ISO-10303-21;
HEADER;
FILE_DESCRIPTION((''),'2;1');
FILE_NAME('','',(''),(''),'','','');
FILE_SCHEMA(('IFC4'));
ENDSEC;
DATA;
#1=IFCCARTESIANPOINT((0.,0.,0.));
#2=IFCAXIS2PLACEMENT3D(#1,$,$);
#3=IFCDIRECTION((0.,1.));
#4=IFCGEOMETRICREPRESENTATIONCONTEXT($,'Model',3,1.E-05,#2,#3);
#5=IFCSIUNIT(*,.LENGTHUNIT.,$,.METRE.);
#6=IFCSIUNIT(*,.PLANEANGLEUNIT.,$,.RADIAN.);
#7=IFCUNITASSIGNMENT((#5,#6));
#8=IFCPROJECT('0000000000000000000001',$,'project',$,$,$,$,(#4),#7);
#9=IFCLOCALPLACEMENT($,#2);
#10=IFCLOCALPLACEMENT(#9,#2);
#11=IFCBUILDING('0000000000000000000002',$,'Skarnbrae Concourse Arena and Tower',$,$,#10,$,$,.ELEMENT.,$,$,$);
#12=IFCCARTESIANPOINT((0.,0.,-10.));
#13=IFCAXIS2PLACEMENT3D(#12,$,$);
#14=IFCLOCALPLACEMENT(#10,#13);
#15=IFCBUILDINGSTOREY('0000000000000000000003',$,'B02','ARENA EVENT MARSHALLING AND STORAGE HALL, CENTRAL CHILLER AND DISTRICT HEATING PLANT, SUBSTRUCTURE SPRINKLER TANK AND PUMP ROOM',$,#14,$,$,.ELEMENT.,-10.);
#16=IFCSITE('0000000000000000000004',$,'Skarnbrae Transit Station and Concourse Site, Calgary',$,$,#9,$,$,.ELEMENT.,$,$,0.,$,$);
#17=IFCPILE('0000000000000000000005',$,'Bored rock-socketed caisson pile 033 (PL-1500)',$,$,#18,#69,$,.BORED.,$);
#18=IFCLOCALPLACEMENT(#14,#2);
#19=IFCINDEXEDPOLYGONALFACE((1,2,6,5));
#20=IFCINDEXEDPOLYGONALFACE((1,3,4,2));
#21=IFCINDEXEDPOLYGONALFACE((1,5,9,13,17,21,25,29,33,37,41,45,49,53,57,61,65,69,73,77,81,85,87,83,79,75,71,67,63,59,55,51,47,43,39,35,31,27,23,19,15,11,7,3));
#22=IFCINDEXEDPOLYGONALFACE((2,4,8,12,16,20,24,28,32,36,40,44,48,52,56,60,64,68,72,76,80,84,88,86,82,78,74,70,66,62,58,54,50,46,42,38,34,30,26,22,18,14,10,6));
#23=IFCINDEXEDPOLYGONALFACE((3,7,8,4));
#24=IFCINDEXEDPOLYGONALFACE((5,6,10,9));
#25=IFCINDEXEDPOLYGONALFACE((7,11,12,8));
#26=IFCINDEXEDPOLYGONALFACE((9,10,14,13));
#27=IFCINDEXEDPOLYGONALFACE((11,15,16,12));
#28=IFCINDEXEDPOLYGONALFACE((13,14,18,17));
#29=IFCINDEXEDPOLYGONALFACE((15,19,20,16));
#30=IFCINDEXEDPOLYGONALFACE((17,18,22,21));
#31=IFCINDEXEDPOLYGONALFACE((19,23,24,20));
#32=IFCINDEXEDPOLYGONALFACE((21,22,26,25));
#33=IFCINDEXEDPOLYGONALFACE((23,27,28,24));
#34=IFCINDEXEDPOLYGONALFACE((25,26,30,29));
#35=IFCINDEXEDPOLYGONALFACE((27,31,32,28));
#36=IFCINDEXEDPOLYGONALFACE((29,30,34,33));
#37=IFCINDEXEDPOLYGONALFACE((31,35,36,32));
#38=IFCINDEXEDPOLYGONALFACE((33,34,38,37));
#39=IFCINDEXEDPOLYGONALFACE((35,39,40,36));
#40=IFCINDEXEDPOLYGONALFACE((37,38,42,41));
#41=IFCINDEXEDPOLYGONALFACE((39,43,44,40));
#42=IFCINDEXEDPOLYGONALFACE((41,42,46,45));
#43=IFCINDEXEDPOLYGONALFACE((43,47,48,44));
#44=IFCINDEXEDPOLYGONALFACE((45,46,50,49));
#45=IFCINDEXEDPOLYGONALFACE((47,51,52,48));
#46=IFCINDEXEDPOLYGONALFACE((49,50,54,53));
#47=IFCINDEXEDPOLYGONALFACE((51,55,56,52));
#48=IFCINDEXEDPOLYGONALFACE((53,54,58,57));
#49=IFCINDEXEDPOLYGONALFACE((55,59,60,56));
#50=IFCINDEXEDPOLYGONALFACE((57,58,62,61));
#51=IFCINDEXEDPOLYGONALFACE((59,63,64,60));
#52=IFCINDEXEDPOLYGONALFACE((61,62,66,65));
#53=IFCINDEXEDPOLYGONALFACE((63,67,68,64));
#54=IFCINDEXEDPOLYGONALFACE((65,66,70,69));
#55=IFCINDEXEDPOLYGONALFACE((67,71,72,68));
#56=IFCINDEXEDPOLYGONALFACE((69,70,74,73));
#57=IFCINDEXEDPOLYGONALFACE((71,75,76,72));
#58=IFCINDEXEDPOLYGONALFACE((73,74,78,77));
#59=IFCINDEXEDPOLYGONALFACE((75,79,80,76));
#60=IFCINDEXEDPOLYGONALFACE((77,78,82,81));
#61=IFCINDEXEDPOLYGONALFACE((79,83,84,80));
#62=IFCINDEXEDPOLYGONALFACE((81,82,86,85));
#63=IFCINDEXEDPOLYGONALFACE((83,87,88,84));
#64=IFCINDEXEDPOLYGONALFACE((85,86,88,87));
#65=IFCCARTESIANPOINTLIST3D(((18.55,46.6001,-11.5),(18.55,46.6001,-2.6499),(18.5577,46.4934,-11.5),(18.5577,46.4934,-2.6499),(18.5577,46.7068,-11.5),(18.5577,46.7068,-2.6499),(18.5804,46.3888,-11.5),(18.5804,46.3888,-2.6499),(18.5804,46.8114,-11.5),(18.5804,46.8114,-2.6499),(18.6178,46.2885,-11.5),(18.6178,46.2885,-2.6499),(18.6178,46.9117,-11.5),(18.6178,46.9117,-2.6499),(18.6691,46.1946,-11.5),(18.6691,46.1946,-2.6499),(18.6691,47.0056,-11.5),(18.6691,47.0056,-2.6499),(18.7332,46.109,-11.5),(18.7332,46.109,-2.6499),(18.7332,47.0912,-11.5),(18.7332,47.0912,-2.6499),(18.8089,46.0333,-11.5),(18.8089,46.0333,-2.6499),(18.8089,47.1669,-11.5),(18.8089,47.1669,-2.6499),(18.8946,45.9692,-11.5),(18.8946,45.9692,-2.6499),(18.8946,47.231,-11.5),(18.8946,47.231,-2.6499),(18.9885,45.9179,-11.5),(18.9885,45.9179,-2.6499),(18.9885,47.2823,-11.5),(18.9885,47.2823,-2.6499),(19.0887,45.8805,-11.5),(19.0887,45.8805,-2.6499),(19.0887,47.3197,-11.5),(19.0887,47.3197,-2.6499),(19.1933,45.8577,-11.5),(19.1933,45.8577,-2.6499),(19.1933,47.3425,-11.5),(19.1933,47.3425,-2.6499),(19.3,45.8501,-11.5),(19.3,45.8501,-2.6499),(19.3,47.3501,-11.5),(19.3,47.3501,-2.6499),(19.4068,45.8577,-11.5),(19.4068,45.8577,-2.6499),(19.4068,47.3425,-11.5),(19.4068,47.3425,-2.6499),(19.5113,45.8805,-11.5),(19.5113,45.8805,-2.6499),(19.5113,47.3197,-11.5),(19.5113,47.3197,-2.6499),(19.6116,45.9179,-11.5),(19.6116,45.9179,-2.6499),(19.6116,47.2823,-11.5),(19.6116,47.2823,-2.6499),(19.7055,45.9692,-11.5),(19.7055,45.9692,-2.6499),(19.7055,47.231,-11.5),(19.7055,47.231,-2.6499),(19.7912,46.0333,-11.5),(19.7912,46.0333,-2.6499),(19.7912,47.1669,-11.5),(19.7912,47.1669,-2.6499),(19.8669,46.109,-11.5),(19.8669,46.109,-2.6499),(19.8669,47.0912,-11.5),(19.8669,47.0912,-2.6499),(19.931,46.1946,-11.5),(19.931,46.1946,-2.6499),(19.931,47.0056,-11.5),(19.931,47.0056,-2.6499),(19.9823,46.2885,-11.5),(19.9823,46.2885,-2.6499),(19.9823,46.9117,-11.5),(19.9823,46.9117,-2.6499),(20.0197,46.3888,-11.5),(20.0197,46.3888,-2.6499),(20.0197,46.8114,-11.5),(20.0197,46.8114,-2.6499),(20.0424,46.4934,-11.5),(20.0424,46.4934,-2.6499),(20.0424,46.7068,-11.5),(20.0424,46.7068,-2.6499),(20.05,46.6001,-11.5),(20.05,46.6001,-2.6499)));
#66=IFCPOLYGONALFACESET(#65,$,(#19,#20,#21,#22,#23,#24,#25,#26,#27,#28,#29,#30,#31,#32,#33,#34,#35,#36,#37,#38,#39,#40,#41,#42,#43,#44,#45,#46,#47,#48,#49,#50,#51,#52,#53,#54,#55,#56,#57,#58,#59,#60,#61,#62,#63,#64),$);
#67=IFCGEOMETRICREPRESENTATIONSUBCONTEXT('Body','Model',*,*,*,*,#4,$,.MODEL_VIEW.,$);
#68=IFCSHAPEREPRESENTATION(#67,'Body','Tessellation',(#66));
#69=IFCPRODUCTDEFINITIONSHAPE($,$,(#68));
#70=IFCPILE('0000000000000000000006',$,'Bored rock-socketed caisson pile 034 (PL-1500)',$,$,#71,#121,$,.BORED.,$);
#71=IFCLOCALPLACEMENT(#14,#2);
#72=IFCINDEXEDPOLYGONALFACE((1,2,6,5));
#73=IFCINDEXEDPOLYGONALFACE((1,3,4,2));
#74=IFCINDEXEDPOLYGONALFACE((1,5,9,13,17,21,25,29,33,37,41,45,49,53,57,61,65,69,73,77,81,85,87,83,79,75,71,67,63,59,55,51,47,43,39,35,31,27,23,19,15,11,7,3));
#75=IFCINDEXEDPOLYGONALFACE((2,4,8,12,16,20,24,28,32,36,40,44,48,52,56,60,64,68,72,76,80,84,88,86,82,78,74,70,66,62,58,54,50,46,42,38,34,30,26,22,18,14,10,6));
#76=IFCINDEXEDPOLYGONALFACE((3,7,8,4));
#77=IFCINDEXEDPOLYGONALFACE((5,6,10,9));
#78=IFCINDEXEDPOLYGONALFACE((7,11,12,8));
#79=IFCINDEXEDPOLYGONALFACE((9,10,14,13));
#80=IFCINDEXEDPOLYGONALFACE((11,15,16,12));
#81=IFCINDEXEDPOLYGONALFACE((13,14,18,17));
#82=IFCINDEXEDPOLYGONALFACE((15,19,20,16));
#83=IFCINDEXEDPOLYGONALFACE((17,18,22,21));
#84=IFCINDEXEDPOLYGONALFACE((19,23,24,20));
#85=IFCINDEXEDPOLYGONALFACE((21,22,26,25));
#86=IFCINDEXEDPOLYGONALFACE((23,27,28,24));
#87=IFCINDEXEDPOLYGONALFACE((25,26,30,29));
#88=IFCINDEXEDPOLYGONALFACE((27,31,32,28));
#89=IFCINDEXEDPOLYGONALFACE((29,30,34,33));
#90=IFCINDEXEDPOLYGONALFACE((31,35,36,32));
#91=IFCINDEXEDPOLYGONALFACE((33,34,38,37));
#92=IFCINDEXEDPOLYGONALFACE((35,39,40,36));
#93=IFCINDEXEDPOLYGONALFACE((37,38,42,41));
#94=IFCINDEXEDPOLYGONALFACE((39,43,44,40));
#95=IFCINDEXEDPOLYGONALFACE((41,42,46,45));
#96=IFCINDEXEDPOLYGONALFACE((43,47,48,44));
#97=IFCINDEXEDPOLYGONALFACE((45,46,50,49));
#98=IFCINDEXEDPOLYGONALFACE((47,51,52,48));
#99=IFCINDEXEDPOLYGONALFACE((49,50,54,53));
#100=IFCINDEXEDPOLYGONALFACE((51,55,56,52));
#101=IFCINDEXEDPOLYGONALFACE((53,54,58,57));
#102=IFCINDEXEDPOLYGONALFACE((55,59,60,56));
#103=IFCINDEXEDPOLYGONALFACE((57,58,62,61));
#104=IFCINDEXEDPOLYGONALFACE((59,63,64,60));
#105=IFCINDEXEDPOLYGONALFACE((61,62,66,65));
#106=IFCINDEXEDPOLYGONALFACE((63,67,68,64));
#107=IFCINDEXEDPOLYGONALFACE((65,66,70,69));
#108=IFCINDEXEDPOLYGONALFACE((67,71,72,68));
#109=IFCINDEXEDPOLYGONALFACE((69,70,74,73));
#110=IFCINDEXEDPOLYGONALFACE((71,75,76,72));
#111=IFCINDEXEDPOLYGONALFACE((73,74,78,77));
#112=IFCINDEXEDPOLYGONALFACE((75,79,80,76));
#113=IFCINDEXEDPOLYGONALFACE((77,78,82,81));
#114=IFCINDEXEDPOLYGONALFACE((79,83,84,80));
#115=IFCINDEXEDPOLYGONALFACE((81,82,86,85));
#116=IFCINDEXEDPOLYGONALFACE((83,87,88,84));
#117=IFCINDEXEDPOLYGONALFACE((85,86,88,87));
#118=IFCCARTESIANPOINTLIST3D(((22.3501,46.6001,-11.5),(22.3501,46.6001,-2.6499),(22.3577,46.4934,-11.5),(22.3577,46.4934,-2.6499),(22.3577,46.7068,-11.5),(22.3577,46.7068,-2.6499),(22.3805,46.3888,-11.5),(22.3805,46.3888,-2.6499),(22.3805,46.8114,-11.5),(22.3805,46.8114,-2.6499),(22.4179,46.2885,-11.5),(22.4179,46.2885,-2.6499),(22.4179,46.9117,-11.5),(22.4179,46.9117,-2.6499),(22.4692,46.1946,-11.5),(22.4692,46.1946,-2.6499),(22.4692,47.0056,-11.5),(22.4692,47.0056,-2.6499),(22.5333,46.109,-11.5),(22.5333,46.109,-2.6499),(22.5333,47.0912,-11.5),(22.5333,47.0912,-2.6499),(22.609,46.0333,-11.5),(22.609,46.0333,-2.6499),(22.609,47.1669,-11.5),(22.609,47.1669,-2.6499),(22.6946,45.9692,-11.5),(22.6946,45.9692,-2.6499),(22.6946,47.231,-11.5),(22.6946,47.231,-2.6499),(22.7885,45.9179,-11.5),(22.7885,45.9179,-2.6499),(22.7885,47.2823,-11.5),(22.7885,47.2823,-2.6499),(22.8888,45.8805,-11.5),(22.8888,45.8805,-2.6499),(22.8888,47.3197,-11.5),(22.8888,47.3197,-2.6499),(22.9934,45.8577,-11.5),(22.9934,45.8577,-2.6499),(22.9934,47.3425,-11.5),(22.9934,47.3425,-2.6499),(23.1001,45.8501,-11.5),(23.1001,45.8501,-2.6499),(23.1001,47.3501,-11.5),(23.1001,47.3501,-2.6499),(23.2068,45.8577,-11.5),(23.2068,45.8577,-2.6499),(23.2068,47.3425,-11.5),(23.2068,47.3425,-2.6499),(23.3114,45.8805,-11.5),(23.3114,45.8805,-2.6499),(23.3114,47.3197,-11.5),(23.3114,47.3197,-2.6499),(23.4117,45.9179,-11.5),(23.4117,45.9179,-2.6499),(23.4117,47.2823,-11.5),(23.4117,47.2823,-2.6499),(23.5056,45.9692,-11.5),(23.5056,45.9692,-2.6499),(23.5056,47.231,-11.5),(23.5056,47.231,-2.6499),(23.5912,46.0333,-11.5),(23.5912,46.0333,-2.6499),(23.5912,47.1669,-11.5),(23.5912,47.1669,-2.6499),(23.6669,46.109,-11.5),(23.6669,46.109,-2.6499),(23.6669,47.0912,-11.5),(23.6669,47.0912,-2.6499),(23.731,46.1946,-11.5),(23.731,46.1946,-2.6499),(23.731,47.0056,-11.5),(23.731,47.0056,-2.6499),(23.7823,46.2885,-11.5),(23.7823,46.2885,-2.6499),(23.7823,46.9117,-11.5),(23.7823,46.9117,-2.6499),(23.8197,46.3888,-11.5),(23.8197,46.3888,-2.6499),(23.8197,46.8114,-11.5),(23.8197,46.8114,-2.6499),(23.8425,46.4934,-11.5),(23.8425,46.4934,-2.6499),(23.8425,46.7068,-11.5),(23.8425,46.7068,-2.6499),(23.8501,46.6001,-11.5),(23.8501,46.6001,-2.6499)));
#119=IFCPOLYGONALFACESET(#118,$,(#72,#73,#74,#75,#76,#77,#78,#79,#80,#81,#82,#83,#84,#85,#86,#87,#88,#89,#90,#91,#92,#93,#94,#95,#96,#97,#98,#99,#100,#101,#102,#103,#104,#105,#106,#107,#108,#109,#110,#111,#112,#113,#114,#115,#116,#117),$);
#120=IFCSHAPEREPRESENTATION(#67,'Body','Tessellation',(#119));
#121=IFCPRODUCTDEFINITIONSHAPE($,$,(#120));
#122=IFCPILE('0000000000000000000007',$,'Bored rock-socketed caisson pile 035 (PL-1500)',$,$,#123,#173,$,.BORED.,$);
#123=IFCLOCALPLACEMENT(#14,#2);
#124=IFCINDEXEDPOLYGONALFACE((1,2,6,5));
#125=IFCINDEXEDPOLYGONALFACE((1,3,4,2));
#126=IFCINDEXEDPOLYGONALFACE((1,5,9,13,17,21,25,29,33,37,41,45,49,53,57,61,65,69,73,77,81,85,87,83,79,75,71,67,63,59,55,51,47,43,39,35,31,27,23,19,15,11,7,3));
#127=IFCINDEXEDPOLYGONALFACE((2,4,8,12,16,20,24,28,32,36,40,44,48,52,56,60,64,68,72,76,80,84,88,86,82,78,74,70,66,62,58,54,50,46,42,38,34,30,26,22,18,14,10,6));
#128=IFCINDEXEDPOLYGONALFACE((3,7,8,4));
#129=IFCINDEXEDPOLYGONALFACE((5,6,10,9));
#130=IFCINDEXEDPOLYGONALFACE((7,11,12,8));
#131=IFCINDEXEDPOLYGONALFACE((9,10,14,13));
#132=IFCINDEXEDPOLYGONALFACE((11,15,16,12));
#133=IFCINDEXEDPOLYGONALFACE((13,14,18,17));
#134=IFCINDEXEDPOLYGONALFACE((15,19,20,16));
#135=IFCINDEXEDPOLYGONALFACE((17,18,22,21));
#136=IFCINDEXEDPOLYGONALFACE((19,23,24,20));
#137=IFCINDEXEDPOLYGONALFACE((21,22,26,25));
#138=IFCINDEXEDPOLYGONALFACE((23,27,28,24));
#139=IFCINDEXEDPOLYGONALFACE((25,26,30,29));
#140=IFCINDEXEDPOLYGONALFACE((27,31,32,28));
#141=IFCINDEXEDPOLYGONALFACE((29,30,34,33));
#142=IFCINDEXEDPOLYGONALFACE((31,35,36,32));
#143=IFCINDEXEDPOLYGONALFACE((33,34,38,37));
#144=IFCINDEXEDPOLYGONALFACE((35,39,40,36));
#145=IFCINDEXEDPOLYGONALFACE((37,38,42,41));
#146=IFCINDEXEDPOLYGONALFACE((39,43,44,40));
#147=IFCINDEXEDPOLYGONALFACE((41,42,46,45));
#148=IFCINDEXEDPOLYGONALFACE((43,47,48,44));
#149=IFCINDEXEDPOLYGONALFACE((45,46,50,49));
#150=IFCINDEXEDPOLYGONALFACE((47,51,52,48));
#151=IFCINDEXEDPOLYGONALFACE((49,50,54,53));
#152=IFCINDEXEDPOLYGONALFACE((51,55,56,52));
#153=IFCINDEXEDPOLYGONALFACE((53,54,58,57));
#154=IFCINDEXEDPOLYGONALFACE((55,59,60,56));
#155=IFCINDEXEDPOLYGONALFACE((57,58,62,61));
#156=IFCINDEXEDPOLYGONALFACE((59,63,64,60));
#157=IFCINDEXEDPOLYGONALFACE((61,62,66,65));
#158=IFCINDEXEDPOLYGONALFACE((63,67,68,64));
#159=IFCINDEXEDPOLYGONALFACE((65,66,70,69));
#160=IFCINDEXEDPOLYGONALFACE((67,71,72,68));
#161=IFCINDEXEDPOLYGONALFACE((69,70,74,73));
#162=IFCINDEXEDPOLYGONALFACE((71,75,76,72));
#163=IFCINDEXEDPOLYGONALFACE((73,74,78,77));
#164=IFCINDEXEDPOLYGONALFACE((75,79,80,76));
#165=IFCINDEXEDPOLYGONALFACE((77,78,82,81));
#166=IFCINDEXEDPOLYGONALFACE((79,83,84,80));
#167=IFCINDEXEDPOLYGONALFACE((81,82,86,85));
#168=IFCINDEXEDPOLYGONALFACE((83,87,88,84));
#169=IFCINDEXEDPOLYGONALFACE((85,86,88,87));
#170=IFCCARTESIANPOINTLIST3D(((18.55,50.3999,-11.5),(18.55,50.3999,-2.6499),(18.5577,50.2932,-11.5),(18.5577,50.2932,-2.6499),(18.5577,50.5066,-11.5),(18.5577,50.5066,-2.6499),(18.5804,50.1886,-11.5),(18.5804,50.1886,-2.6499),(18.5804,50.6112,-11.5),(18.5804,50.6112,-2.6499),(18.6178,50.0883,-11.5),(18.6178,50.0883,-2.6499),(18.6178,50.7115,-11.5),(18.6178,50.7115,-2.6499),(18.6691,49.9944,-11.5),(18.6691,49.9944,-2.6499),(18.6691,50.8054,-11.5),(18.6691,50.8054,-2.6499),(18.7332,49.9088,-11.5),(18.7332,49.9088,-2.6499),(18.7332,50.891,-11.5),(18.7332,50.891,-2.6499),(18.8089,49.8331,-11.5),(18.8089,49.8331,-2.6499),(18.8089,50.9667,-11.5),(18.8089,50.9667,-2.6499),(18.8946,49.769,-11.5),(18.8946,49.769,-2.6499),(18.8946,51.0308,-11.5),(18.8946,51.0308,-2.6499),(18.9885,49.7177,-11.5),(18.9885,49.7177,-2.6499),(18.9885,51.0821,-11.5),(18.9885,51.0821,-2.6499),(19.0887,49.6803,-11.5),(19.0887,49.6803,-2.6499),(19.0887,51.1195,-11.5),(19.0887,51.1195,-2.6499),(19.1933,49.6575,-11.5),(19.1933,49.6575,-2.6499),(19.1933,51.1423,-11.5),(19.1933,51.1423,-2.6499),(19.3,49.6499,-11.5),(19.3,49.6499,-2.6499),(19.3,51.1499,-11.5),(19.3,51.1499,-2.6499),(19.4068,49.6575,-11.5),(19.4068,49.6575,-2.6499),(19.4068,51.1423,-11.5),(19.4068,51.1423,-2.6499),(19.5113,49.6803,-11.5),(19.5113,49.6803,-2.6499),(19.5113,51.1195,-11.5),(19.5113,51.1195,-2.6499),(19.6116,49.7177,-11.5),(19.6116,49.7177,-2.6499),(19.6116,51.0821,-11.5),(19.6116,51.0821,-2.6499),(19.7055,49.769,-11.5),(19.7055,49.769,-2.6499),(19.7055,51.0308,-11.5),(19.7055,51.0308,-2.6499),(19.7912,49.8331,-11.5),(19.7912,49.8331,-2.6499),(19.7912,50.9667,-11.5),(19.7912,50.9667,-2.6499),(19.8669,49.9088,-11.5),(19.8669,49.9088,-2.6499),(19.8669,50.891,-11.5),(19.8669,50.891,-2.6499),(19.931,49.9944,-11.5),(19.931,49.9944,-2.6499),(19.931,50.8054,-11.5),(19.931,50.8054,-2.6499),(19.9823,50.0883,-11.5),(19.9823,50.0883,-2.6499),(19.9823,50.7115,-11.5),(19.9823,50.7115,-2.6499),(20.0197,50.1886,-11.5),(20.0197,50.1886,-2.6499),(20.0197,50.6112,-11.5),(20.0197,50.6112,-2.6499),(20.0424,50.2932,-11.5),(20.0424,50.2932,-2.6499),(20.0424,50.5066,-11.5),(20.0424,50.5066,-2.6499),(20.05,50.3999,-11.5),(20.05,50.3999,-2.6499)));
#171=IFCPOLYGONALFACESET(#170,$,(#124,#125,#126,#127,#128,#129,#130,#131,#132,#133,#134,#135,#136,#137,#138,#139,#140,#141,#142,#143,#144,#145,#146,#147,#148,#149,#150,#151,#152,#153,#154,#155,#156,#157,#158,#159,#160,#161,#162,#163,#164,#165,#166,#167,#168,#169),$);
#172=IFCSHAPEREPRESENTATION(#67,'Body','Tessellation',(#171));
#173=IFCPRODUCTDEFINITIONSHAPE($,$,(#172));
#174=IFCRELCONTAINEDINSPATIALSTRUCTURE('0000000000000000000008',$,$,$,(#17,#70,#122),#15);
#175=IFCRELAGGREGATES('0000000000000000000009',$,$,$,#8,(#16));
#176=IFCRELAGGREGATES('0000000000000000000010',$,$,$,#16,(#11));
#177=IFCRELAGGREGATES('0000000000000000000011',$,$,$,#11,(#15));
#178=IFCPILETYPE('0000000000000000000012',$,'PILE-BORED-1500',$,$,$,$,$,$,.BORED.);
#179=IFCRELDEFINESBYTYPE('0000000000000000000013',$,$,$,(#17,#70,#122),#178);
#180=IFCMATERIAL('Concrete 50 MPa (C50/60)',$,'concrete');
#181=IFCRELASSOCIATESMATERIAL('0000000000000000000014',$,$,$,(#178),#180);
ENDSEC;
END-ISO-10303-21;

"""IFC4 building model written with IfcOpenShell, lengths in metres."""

from ifc_helpers import new_model, si_unit, direction, frame, origin, origin_2d, place, context, subcontext, project, spatial, circle, extrude, source, transform, mapped, material, material_profile, profile_set, type_object, element, save


model = new_model("IFC4")

# Units and contexts
model_context = context("Model", 3, precision=1e-05, world=origin(), true_north=direction((0.0, 1.0)))
body_context = subcontext(model_context, "Body", "Model", "MODEL_VIEW")
ifc_project = project(units=[si_unit("LENGTHUNIT", "METRE"), si_unit("PLANEANGLEUNIT", "RADIAN")], contexts=[model_context])

# Site, building, storey
site_placement = place(None, origin())
site = spatial("IfcSite", under=ifc_project, at=site_placement, Name="Skarnbrae Transit Station and Concourse Site, Calgary", CompositionType="ELEMENT", RefElevation=0.0)
building_placement = place(site_placement, origin())
building = spatial("IfcBuilding", under=site, at=building_placement, Name="Skarnbrae Concourse Arena and Tower", CompositionType="ELEMENT")
storey_placement = place(building_placement, frame((0.0, 0.0, -10.0)))
storey = spatial("IfcBuildingStorey", under=building, at=storey_placement, Name="B02", Description="ARENA EVENT MARSHALLING AND STORAGE HALL, CENTRAL CHILLER AND DISTRICT HEATING PLANT, SUBSTRUCTURE SPRINKLER TANK AND PUMP ROOM", CompositionType="ELEMENT", Elevation=-10.0)

# Piles
ifc_material_1 = material(Name="Concrete 50 MPa (C50/60)", Category="concrete")
ifc_material_profile_1 = material_profile(ifc_material_1, circle(Radius=0.75, at=origin_2d()), Name="CAISSON-1500")
ifc_profile_set_1 = profile_set([ifc_material_profile_1], Name="Concrete 50 MPa (C50/60)")
pile_type_1 = type_object("IfcPileType", Name="PILE-BORED-1500", PredefinedType="BORED", material=ifc_profile_set_1)
shared_shape_1 = source(origin(), body_context, "Body", "SweptSolid", [
    extrude(circle(Radius=0.75, at=origin_2d()), origin(), (0.0, 0.0, 1.0), 8.8501),
])
for number, where, z_axis, x_axis, name in (
    (1, (19.3, 46.6001, -2.6499), (0.0, 0.0, -1.0), (1.0, 0.0, 0.0), "Bored rock-socketed caisson pile 033 (PL-1500)"),
    (2, (23.1001, 46.6001, -2.6499), (0.0, 0.0, -1.0), (1.0, 0.0, 0.0), "Bored rock-socketed caisson pile 034 (PL-1500)"),
    (3, (19.3, 50.3999, -2.6499), (0.0, 0.0, -1.0), (1.0, 0.0, 0.0), "Bored rock-socketed caisson pile 035 (PL-1500)"),
):
    element("IfcPile", number, at=place(storey_placement, frame(where, z_axis=z_axis, x_axis=x_axis)), inside=storey, type_object=pile_type_1, Name=name, PredefinedType="BORED", context=body_context, shape_type="MappedRepresentation", body=[
        mapped(shared_shape_1, transform((0.0, 0.0, 0.0))),
    ])

save(model, "model.ifc")
